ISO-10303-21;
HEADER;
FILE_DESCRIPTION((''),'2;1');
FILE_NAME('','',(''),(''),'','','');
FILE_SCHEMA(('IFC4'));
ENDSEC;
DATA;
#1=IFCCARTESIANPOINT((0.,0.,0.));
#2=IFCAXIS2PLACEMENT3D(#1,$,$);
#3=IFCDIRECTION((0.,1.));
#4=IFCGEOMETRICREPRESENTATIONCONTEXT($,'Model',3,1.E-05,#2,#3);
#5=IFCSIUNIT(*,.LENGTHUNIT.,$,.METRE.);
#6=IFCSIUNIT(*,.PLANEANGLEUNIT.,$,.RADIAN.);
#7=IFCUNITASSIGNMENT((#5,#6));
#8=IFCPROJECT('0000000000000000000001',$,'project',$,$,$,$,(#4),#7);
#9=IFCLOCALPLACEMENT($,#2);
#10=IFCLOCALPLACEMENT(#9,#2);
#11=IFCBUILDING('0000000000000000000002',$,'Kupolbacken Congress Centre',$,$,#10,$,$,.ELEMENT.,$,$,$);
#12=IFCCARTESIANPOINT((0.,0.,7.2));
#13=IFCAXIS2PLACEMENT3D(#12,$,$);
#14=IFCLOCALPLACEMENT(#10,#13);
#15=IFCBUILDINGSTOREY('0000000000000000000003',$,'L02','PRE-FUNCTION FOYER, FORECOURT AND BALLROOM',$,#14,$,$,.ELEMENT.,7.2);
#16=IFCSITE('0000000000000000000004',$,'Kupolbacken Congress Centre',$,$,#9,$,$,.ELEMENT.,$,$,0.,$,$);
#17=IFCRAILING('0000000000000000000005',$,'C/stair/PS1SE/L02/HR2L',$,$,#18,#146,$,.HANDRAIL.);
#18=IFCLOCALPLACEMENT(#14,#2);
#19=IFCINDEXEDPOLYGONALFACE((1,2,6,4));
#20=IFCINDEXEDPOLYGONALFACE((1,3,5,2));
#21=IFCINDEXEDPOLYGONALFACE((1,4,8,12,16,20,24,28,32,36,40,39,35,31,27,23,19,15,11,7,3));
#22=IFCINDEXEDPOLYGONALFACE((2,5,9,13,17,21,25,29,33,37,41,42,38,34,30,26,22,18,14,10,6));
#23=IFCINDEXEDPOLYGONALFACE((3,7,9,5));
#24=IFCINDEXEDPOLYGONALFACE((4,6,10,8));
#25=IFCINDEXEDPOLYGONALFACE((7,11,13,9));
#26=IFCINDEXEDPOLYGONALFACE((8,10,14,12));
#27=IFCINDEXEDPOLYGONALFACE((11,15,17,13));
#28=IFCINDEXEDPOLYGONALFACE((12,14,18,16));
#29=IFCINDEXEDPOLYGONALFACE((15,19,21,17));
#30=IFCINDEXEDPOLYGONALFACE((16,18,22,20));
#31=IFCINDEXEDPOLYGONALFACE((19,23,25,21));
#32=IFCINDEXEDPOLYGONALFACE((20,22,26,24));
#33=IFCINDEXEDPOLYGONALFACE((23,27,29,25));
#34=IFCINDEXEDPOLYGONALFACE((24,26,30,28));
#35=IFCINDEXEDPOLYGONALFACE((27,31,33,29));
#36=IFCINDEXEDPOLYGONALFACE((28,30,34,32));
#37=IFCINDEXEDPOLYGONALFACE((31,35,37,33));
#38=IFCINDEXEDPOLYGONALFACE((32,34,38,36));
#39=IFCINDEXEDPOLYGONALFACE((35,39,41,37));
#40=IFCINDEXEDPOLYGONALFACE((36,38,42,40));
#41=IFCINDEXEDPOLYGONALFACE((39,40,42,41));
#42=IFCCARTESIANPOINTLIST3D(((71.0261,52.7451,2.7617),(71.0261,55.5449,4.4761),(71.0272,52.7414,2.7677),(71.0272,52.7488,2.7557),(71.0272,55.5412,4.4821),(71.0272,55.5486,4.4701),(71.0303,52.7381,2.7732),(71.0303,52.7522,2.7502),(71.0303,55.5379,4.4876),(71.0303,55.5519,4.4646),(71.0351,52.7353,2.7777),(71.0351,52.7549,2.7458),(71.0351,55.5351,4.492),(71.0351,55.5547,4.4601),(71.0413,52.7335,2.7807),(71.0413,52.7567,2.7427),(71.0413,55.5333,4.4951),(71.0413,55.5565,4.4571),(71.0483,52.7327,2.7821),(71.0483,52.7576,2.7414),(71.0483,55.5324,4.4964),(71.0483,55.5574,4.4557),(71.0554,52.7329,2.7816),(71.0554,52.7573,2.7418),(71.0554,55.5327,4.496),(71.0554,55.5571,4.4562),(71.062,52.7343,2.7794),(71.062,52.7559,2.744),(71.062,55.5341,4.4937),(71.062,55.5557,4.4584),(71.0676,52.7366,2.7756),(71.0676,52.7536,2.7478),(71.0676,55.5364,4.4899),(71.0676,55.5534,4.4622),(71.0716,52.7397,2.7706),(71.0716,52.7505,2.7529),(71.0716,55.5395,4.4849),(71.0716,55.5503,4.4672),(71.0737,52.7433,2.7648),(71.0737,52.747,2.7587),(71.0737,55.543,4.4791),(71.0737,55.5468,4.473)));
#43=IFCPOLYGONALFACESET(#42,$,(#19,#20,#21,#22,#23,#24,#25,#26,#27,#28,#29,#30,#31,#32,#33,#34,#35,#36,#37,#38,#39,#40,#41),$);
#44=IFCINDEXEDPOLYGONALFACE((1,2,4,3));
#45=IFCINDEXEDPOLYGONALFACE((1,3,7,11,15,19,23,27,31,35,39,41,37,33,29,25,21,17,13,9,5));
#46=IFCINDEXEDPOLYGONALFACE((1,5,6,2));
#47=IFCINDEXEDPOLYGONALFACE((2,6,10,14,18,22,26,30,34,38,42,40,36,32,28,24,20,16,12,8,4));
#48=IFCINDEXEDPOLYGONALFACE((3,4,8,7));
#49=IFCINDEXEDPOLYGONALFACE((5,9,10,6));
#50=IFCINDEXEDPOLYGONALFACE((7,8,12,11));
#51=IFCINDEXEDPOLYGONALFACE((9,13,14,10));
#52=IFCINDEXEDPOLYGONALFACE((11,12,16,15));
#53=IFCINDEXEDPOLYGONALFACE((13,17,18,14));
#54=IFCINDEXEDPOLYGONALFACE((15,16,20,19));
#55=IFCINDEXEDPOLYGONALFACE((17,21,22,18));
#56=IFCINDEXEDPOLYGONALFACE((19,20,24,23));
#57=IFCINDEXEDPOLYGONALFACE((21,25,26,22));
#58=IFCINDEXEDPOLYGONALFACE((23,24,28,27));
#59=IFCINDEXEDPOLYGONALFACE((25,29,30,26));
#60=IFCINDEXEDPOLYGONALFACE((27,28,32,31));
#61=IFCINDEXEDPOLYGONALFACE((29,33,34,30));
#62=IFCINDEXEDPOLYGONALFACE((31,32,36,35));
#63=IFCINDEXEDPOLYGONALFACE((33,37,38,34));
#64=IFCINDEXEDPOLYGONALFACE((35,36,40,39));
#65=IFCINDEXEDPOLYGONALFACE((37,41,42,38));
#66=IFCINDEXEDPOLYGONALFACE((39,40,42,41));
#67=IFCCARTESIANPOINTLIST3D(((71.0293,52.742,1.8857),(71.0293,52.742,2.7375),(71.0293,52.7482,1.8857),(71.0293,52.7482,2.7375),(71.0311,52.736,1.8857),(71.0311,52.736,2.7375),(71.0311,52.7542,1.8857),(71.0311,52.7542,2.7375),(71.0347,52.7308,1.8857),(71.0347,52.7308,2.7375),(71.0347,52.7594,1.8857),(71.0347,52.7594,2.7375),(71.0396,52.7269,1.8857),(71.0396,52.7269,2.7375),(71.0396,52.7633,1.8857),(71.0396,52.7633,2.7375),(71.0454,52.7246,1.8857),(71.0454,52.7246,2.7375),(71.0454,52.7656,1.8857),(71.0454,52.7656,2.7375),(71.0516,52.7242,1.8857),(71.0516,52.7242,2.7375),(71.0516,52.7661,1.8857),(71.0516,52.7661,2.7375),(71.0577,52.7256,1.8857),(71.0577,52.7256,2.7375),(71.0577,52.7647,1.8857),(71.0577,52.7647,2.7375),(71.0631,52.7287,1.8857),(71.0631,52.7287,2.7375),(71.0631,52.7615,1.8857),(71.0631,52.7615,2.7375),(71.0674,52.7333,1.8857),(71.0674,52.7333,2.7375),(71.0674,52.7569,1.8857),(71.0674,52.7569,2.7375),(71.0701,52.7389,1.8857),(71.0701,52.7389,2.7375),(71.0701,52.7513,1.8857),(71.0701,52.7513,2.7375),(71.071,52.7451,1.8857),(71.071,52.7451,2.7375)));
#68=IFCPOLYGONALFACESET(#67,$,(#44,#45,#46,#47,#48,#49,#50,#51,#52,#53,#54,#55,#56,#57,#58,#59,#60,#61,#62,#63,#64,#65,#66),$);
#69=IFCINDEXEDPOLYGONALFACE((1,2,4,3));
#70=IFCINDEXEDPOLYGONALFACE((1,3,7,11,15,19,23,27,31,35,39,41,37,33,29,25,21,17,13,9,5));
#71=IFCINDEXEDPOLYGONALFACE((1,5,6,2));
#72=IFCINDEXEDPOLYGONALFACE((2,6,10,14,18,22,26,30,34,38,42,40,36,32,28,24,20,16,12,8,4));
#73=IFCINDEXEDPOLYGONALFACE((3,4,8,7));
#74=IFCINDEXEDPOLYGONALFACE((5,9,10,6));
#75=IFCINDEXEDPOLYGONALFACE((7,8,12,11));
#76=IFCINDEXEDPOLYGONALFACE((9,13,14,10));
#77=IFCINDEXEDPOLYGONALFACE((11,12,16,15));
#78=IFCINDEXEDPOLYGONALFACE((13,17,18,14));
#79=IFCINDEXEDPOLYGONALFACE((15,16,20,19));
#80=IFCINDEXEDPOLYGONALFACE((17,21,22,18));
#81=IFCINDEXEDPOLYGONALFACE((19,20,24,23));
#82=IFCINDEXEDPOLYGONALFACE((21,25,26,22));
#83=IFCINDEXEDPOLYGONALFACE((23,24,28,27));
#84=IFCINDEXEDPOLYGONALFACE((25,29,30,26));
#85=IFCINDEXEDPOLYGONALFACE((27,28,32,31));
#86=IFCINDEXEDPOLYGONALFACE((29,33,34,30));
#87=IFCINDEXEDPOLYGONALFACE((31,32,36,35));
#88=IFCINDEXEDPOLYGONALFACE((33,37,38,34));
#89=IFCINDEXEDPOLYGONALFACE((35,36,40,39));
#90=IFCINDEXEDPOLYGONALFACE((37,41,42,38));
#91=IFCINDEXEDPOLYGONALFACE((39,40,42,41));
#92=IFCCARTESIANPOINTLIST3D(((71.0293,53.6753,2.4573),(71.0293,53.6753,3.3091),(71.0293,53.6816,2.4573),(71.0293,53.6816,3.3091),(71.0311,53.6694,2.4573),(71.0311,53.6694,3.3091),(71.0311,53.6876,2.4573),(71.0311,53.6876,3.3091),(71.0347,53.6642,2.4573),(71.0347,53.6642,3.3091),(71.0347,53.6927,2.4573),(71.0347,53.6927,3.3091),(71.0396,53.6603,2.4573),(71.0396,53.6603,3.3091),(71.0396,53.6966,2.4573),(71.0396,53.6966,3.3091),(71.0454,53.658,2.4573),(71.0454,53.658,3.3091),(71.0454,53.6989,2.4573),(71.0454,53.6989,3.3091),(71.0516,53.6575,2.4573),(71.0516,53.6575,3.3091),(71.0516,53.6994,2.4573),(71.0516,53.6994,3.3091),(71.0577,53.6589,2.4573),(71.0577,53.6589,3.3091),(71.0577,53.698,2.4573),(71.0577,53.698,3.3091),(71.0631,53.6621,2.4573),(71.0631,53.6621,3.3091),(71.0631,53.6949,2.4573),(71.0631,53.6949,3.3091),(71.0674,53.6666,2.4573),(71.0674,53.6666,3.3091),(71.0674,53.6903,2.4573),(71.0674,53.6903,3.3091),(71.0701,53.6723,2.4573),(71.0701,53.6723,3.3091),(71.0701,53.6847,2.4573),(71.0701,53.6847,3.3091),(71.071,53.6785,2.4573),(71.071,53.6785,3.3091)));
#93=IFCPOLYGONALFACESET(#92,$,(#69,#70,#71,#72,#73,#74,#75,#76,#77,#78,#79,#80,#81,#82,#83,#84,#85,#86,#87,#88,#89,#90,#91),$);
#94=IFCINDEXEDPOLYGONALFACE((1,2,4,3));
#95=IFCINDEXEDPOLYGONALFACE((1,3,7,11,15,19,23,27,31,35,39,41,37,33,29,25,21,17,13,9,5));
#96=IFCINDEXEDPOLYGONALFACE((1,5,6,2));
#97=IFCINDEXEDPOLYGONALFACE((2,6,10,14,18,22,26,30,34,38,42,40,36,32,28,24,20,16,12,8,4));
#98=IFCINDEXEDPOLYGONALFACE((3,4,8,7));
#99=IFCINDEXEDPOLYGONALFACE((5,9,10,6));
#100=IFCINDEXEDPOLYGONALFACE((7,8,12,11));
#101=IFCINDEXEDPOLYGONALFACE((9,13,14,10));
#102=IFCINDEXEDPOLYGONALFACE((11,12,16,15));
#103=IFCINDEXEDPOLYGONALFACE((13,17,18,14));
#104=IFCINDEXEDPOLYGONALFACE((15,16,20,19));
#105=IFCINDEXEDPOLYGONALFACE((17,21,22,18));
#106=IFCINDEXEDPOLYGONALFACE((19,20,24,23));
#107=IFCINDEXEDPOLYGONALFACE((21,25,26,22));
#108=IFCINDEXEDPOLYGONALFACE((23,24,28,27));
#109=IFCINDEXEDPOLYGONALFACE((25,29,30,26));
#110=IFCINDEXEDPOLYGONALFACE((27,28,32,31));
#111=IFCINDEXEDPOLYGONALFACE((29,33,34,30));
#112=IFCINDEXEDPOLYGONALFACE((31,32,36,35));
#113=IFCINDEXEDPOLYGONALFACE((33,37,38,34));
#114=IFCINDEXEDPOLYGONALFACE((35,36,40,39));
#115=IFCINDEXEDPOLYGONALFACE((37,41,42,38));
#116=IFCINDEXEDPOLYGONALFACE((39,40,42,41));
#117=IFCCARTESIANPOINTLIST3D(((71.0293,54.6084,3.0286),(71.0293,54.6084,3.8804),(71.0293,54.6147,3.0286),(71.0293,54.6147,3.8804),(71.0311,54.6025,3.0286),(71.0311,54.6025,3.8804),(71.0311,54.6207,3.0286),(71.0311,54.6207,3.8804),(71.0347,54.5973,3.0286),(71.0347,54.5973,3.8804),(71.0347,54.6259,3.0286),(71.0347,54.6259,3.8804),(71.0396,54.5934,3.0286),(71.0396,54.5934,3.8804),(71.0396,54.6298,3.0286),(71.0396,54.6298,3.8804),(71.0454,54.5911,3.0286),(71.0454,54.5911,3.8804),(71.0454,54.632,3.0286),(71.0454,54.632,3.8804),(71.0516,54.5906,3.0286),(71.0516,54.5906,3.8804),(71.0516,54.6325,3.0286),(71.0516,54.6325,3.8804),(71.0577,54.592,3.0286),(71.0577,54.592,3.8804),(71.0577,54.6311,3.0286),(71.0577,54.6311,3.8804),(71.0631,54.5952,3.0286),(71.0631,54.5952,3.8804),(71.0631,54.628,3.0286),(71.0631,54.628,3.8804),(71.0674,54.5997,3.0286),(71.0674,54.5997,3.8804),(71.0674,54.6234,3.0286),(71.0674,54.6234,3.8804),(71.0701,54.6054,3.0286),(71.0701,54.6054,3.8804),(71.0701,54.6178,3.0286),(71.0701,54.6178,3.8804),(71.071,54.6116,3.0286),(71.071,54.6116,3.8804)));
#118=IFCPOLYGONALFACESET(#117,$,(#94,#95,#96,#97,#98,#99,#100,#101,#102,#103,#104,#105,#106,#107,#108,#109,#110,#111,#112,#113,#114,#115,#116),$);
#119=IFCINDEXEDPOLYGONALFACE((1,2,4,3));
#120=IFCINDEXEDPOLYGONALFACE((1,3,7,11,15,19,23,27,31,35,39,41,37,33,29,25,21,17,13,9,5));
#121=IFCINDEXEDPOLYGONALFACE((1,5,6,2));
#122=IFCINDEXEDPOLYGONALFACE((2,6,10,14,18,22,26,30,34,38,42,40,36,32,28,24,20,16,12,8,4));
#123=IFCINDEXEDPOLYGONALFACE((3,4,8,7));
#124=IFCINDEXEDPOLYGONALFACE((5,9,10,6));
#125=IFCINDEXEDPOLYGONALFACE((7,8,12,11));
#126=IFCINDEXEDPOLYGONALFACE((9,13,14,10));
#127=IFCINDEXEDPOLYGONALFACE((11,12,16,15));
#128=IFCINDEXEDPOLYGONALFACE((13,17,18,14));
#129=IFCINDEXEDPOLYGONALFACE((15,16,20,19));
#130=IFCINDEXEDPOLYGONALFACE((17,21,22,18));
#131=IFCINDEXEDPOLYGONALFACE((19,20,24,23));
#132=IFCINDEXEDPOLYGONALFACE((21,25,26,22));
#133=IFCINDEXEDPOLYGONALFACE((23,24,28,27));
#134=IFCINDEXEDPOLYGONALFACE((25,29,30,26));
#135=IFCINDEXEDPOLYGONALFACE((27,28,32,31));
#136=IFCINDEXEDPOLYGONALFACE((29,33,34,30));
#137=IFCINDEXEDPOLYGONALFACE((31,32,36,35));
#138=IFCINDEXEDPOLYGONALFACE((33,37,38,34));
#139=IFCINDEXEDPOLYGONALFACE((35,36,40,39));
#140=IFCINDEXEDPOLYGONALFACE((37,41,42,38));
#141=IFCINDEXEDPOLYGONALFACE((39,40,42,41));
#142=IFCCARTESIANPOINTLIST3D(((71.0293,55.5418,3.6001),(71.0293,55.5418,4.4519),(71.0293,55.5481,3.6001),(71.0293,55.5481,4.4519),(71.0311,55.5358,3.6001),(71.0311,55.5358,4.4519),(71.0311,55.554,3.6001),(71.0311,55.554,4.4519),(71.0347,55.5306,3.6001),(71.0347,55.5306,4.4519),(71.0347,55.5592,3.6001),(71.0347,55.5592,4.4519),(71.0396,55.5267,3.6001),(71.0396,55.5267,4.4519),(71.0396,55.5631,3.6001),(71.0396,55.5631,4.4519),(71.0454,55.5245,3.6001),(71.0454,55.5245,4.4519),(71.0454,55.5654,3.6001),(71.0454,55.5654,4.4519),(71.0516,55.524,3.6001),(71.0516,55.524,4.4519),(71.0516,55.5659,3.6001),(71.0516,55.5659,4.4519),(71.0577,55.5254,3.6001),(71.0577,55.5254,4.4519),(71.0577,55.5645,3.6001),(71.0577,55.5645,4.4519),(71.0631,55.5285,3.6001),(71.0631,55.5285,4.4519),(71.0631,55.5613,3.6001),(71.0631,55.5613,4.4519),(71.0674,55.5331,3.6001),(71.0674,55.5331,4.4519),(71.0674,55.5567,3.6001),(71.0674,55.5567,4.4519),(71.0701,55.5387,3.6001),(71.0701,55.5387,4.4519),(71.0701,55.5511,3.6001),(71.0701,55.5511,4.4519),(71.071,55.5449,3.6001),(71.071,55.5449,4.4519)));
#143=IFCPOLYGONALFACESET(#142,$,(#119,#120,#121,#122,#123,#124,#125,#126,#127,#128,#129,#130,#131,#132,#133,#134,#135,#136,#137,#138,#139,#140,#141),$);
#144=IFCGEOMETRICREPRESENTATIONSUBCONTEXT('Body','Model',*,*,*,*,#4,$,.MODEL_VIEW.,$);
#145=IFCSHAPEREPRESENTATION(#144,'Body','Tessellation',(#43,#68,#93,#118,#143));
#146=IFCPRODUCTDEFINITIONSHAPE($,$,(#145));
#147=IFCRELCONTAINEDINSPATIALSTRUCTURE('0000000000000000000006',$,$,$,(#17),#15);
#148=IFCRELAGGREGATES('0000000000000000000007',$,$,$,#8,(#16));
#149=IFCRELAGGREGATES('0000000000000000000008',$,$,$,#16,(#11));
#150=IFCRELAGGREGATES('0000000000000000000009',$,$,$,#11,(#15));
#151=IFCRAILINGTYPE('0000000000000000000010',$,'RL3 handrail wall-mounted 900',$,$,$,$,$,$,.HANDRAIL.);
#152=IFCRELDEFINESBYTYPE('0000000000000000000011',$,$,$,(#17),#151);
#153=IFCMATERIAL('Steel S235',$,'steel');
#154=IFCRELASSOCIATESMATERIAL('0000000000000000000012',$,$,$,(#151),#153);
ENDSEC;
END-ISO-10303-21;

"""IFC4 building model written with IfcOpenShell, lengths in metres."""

from ifc_helpers import new_model, si_unit, direction, frame, origin, origin_2d, place, context, subcontext, project, spatial, circle, extrude, material, type_object, element, save


model = new_model("IFC4")

# Units and contexts
model_context = context("Model", 3, precision=1e-05, world=origin(), true_north=direction((0.0, 1.0)))
body_context = subcontext(model_context, "Body", "Model", "MODEL_VIEW")
ifc_project = project(units=[si_unit("LENGTHUNIT", "METRE"), si_unit("PLANEANGLEUNIT", "RADIAN")], contexts=[model_context])

# Site, building, storey
site_placement = place(None, origin())
site = spatial("IfcSite", under=ifc_project, at=site_placement, Name="Kupolbacken Congress Centre", CompositionType="ELEMENT", RefElevation=0.0)
building_placement = place(site_placement, origin())
building = spatial("IfcBuilding", under=site, at=building_placement, Name="Kupolbacken Congress Centre", CompositionType="ELEMENT")
storey_placement = place(building_placement, frame((0.0, 0.0, 7.2)))
storey = spatial("IfcBuildingStorey", under=building, at=storey_placement, Name="L02", Description="PRE-FUNCTION FOYER, FORECOURT AND BALLROOM", CompositionType="ELEMENT", Elevation=7.2)

# Railing
ifc_material_1 = material(Name="Steel S235", Category="steel")
railing_type = type_object("IfcRailingType", Name="RL3 handrail wall-mounted 900", PredefinedType="HANDRAIL", material=ifc_material_1)
for number, where, name in (
    (1, (71.05, 52.7451, 1.8857), "C/stair/PS1SE/L02/HR2L"),
):
    element("IfcRailing", number, at=place(storey_placement, frame(where)), inside=storey, type_object=railing_type, Name=name, PredefinedType="HANDRAIL", context=body_context, shape_type="SweptSolid", body=[
        extrude(circle(Radius=0.0239, at=origin_2d()), frame((0.0, 0.0, 0.876), z_axis=(0.0, 0.852826, 0.522196), x_axis=(-1.0, 0.0, 0.0)), (0.0, 0.0, 1.0), 3.283),
        extrude(circle(Radius=0.021, at=origin_2d()), origin(), (0.0, 0.0, 1.0), 0.8518),
        extrude(circle(Radius=0.021, at=origin_2d()), frame((0.0, 0.9333, 0.5715)), (0.0, 0.0, 1.0), 0.8518),
        extrude(circle(Radius=0.021, at=origin_2d()), frame((0.0, 1.8665, 1.1428)), (0.0, 0.0, 1.0), 0.8518),
        extrude(circle(Radius=0.021, at=origin_2d()), frame((0.0, 2.7998, 1.7144)), (0.0, 0.0, 1.0), 0.8518),
    ])

save(model, "model.ifc")
